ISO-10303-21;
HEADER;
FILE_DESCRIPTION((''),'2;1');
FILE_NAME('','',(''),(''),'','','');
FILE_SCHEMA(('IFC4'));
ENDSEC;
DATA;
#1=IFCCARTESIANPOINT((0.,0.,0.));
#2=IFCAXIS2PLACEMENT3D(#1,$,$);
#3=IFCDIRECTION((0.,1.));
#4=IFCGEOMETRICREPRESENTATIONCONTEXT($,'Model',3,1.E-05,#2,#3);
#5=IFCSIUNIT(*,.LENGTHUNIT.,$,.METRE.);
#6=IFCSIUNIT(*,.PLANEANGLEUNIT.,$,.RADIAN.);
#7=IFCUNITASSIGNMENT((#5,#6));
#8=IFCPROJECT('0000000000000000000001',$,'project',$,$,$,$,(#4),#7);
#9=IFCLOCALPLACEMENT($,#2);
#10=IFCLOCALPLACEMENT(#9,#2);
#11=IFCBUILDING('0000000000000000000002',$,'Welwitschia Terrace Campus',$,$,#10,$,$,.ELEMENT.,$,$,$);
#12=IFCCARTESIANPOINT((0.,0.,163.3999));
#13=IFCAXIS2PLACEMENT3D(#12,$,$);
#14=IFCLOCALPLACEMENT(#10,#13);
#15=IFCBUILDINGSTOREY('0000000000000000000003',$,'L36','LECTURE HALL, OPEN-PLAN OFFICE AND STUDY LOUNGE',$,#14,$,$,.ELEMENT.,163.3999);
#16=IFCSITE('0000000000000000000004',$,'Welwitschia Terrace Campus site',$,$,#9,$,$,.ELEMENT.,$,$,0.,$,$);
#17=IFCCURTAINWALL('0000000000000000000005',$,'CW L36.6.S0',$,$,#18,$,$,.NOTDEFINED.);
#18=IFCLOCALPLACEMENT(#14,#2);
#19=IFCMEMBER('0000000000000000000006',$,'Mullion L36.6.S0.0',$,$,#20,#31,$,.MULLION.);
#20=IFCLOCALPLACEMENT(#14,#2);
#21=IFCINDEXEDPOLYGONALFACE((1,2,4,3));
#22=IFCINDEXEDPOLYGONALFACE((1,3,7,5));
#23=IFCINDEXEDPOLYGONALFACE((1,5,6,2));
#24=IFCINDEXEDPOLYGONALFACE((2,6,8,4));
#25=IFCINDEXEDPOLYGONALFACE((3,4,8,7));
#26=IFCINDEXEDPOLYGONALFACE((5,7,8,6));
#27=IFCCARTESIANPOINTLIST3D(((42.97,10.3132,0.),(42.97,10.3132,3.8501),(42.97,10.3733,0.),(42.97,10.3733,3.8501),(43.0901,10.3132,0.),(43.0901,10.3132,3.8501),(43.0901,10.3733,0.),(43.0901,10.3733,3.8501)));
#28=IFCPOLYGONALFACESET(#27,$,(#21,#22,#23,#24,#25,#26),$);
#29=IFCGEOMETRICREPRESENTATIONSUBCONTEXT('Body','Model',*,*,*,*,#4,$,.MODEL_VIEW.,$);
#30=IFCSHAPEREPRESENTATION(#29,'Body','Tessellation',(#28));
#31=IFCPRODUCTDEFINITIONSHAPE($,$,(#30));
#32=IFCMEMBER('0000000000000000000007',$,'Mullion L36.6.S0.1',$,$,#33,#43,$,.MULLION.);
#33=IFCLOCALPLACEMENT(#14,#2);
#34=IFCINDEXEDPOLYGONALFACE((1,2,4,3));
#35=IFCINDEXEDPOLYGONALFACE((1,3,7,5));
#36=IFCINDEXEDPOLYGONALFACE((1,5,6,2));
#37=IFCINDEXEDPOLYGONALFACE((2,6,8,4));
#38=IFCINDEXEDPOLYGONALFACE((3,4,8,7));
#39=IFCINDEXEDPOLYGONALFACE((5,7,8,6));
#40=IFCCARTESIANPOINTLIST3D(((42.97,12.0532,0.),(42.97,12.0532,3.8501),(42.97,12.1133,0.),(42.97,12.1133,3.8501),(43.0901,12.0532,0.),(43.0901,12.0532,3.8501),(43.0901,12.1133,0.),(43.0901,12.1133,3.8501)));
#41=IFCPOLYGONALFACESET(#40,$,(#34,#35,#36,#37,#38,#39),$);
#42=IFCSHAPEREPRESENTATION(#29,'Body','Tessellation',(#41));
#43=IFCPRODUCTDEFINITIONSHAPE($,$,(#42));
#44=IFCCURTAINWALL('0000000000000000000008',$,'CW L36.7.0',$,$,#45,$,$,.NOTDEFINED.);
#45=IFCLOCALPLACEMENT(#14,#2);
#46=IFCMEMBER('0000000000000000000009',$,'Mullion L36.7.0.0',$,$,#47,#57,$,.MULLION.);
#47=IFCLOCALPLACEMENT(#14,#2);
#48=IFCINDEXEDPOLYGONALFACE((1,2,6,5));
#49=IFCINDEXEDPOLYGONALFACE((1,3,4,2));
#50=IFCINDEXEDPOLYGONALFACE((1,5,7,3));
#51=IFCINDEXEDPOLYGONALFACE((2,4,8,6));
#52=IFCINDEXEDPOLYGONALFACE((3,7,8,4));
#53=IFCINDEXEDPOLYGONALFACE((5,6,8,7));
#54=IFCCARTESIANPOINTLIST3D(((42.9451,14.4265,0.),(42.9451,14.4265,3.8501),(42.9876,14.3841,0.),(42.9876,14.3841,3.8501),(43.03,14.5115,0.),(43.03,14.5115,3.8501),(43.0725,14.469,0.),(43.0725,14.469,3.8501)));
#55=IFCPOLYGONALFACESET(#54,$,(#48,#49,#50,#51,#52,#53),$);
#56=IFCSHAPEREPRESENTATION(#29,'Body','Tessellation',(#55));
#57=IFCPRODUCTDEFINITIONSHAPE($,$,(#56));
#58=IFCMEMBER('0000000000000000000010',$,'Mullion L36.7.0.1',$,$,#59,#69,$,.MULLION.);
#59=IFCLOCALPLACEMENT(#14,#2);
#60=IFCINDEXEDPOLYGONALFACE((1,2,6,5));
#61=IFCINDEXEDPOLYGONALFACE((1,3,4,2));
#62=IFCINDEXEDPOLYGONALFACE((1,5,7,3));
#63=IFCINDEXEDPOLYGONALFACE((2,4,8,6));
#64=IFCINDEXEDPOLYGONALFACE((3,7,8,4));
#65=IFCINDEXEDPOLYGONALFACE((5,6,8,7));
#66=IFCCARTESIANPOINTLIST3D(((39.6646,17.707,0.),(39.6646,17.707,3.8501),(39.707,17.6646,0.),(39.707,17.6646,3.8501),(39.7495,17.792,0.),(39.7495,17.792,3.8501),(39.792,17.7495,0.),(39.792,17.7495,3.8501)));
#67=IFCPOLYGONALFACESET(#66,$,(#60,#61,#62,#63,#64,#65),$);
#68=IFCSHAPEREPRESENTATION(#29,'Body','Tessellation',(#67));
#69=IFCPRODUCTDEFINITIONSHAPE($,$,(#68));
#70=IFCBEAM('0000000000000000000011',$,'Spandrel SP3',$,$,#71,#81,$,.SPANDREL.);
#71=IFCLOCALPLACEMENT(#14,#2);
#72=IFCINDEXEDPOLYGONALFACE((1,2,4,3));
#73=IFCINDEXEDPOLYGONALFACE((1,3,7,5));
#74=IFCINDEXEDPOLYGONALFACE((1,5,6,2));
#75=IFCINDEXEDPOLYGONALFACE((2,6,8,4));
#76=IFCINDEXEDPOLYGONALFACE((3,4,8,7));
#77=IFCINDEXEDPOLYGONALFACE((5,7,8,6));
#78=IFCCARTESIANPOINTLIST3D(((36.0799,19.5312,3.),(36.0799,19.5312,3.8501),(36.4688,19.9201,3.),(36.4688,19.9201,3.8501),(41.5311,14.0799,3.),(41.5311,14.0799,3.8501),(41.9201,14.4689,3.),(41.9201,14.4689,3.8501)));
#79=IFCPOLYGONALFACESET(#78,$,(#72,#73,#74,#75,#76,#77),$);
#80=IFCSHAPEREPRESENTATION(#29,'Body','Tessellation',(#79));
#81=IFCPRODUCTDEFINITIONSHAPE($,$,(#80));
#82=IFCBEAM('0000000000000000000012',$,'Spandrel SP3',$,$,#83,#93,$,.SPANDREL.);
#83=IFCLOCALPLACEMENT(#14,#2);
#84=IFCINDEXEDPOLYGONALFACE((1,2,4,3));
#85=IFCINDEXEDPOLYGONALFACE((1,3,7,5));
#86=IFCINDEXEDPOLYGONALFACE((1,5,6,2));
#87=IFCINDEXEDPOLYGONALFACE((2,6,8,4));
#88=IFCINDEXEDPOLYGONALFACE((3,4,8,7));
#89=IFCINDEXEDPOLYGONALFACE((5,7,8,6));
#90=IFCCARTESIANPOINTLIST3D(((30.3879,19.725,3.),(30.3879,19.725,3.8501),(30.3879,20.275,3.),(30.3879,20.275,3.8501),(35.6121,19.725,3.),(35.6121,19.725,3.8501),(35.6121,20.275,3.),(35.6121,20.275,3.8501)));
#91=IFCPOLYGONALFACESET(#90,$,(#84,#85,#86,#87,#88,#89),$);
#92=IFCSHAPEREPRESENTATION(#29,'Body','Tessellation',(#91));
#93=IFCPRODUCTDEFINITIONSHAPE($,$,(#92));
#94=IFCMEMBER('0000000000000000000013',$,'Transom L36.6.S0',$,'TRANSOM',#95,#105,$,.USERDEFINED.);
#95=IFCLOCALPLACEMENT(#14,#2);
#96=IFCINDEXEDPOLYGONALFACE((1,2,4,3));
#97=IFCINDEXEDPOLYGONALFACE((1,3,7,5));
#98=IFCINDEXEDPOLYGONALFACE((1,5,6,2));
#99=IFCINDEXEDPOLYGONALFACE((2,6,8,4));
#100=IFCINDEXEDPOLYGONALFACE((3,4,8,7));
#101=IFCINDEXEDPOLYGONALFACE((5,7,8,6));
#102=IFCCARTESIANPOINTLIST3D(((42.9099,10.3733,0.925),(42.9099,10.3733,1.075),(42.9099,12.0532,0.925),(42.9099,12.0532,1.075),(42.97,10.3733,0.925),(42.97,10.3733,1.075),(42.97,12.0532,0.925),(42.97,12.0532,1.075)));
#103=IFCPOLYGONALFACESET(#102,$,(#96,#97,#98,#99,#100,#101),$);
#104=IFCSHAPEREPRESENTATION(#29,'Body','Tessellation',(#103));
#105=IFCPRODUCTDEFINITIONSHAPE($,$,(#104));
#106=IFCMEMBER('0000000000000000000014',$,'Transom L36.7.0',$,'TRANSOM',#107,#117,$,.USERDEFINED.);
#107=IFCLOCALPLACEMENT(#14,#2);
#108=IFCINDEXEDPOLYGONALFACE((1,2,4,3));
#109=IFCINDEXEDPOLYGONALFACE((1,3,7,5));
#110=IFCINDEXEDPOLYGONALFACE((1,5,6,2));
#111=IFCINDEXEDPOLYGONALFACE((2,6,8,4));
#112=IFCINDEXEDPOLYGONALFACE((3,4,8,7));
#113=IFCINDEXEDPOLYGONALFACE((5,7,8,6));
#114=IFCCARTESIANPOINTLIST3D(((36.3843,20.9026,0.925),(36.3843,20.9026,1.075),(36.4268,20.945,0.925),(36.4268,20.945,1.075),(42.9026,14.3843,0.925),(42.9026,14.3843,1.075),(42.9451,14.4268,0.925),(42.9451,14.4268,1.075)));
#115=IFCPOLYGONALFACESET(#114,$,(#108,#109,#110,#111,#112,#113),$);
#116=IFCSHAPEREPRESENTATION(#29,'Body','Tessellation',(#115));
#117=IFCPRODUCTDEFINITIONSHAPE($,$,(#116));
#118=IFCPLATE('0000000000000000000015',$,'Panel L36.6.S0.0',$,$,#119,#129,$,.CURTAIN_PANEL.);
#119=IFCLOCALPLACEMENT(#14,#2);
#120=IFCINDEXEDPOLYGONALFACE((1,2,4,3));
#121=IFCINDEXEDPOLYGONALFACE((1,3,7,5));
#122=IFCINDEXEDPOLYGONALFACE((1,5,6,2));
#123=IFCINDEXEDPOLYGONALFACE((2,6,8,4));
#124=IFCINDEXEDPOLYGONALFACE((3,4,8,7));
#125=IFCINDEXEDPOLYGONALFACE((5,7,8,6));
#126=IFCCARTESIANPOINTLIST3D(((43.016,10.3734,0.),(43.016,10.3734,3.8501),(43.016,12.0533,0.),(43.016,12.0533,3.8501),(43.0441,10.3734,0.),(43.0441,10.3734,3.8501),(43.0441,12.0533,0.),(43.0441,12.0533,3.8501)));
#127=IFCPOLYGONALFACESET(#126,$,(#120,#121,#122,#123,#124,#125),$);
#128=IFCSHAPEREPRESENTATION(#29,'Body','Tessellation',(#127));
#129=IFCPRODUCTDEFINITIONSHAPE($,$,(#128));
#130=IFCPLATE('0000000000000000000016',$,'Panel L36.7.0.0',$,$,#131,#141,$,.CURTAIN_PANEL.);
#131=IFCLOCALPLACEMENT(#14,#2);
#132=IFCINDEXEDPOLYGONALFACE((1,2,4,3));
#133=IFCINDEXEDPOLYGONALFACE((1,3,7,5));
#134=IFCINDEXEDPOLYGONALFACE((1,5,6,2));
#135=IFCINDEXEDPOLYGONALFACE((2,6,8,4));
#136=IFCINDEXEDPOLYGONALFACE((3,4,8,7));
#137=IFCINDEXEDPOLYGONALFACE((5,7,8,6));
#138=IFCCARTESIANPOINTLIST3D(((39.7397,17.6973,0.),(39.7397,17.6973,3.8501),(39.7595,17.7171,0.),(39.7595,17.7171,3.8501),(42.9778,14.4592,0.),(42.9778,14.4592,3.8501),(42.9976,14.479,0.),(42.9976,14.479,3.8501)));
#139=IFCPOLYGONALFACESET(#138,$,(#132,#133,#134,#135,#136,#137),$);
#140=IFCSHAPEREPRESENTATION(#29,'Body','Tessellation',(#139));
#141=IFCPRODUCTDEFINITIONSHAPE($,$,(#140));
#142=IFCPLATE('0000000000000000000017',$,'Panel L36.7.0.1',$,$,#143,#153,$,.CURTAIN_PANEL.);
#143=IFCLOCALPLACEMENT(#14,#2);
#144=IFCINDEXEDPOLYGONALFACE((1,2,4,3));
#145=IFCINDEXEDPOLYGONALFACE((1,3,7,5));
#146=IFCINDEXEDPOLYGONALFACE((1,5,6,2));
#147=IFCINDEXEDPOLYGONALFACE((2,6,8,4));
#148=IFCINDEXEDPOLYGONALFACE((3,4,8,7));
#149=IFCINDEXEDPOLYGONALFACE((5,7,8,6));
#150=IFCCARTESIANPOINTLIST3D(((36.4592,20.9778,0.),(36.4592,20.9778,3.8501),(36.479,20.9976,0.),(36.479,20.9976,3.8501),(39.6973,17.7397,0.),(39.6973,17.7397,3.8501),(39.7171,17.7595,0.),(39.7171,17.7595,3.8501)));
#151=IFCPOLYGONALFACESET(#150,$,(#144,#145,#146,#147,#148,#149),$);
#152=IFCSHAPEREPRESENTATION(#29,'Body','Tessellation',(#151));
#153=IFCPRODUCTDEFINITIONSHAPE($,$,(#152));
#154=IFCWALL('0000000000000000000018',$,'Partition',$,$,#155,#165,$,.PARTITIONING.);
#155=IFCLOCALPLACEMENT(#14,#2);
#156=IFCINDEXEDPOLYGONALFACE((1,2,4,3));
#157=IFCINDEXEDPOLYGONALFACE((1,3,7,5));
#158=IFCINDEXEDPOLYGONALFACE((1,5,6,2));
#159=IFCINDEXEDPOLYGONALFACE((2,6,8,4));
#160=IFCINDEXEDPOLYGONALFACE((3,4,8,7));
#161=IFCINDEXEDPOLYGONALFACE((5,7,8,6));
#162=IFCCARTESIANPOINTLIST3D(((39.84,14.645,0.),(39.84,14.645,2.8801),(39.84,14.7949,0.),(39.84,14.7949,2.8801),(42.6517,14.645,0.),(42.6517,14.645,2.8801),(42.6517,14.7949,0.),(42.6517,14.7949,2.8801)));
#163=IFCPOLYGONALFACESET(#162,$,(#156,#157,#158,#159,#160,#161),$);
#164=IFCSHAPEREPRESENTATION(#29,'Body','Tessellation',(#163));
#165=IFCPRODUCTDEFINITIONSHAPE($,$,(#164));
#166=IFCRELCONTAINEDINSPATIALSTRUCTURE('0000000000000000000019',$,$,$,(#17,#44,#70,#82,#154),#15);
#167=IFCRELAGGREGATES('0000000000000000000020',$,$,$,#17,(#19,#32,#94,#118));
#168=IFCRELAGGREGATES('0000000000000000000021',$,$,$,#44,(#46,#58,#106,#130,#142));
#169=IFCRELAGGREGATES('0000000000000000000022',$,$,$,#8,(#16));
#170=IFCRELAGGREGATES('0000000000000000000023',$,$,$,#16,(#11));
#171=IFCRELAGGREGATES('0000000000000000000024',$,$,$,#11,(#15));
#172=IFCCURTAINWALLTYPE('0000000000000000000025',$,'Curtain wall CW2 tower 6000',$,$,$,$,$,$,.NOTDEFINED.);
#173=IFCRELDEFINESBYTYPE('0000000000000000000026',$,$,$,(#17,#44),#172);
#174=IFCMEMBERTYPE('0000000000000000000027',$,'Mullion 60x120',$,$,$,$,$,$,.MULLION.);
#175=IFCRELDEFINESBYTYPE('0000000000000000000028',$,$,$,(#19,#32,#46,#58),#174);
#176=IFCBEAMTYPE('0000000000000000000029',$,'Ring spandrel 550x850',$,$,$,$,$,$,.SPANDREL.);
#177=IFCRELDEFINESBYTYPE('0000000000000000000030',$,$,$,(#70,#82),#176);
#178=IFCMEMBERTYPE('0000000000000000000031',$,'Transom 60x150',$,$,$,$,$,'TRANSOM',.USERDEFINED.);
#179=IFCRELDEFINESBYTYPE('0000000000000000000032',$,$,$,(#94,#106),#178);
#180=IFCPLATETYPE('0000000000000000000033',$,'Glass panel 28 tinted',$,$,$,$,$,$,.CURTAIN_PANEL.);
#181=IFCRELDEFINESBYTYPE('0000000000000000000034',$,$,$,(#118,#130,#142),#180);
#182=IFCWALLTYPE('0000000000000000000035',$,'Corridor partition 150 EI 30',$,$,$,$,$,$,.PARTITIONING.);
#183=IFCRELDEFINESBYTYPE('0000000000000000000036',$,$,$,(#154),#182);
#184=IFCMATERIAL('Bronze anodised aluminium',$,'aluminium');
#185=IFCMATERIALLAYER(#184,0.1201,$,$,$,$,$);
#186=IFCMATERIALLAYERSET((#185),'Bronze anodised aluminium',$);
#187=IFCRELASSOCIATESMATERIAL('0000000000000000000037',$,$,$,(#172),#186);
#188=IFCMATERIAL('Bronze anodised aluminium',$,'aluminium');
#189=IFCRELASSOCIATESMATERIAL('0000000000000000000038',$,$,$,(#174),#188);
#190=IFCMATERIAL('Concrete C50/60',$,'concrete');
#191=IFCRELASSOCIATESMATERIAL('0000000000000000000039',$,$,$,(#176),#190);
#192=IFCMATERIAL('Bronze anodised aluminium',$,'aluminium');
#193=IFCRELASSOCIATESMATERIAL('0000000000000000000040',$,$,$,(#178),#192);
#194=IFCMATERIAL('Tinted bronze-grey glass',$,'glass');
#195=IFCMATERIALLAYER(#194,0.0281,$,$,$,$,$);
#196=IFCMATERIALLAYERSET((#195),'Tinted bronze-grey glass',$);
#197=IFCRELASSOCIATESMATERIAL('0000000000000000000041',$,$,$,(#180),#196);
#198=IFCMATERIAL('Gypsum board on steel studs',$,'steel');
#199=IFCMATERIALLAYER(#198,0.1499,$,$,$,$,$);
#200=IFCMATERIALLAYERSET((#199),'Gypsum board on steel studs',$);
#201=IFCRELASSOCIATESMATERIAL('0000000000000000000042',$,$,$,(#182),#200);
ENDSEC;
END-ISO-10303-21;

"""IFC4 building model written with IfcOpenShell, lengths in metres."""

from ifc_helpers import new_model, si_unit, direction, frame, frame_2d, origin, origin_2d, place, context, subcontext, project, spatial, rectangle, extrude, material, layer, layer_set, material_profile, profile_set, type_object, element, aggregate, save


model = new_model("IFC4")

# Units and contexts
model_context = context("Model", 3, precision=1e-05, world=origin(), true_north=direction((0.0, 1.0)))
body_context = subcontext(model_context, "Body", "Model", "MODEL_VIEW")
ifc_project = project(units=[si_unit("LENGTHUNIT", "METRE"), si_unit("PLANEANGLEUNIT", "RADIAN")], contexts=[model_context])

# Site, building, storey
site_placement = place(None, origin())
site = spatial("IfcSite", under=ifc_project, at=site_placement, Name="Welwitschia Terrace Campus site", CompositionType="ELEMENT", RefElevation=0.0)
building_placement = place(site_placement, origin())
building = spatial("IfcBuilding", under=site, at=building_placement, Name="Welwitschia Terrace Campus", CompositionType="ELEMENT")
storey_placement = place(building_placement, frame((0.0, 0.0, 163.3999)))
storey = spatial("IfcBuildingStorey", under=building, at=storey_placement, Name="L36", Description="LECTURE HALL, OPEN-PLAN OFFICE AND STUDY LOUNGE", CompositionType="ELEMENT", Elevation=163.3999)

# Curtain walls, members
ifc_material_1 = material(Name="Bronze anodised aluminium", Category="aluminium")
ifc_layer_1 = layer(ifc_material_1, 0.1201)
ifc_layer_set_1 = layer_set([ifc_layer_1], Name="Bronze anodised aluminium")
curtain_wall_type = type_object("IfcCurtainWallType", Name="Curtain wall CW2 tower 6000", PredefinedType="NOTDEFINED", material=ifc_layer_set_1)
curtain_wall_1_placement = place(storey_placement, origin())
curtain_wall_1 = element("IfcCurtainWall", 1, at=curtain_wall_1_placement, inside=storey, type_object=curtain_wall_type, Name="CW L36.6.S0", PredefinedType="NOTDEFINED")
ifc_material_2 = material(Name="Bronze anodised aluminium", Category="aluminium")
ifc_material_profile_1 = material_profile(ifc_material_2, rectangle(XDim=0.1201, YDim=0.0601, at=origin_2d()))
ifc_profile_set_1 = profile_set([ifc_material_profile_1], Name="Bronze anodised aluminium")
member_type_1 = type_object("IfcMemberType", Name="Mullion 60x120", PredefinedType="MULLION", material=ifc_profile_set_1)
member_1_placement = place(storey_placement, frame((43.03, 10.3433, 0.0), z_axis=(0.0, 0.0, 1.0), x_axis=(-1.0, 0.0, 0.0)))
member_1 = element("IfcMember", 2, at=member_1_placement, type_object=member_type_1, Name="Mullion L36.6.S0.0", PredefinedType="MULLION", context=body_context, shape_type="SweptSolid", body=[
    extrude(rectangle(XDim=0.1201, YDim=0.0601, at=origin_2d()), origin(), (0.0, 0.0, 1.0), 3.8501),
])
member_2_placement = place(storey_placement, frame((43.03, 12.0833, 0.0), z_axis=(0.0, 0.0, 1.0), x_axis=(-1.0, 0.0, 0.0)))
member_2 = element("IfcMember", 3, at=member_2_placement, type_object=member_type_1, Name="Mullion L36.6.S0.1", PredefinedType="MULLION", context=body_context, shape_type="SweptSolid", body=[
    extrude(rectangle(XDim=0.1201, YDim=0.0601, at=origin_2d()), origin(), (0.0, 0.0, 1.0), 3.8501),
])
curtain_wall_2_placement = place(storey_placement, origin())
curtain_wall_2 = element("IfcCurtainWall", 4, at=curtain_wall_2_placement, inside=storey, type_object=curtain_wall_type, Name="CW L36.7.0", PredefinedType="NOTDEFINED")
member_3_placement = place(storey_placement, frame((43.0088, 14.4478, 0.0), z_axis=(0.0, 0.0, 1.0), x_axis=(-0.707107, -0.707107, 0.0)))
member_3 = element("IfcMember", 5, at=member_3_placement, type_object=member_type_1, Name="Mullion L36.7.0.0", PredefinedType="MULLION", context=body_context, shape_type="SweptSolid", body=[
    extrude(rectangle(XDim=0.1201, YDim=0.0601, at=origin_2d()), origin(), (0.0, 0.0, 1.0), 3.8501),
])
member_4_placement = place(storey_placement, frame((39.7283, 17.7283, 0.0), z_axis=(0.0, 0.0, 1.0), x_axis=(-0.707107, -0.707107, 0.0)))
member_4 = element("IfcMember", 6, at=member_4_placement, type_object=member_type_1, Name="Mullion L36.7.0.1", PredefinedType="MULLION", context=body_context, shape_type="SweptSolid", body=[
    extrude(rectangle(XDim=0.1201, YDim=0.0601, at=origin_2d()), origin(), (0.0, 0.0, 1.0), 3.8501),
])

# Beams
ifc_material_3 = material(Name="Concrete C50/60", Category="concrete")
ifc_material_profile_2 = material_profile(ifc_material_3, rectangle(XDim=0.55, YDim=0.8501, at=origin_2d()))
ifc_profile_set_2 = profile_set([ifc_material_profile_2], Name="Concrete C50/60")
beam_type_1 = type_object("IfcBeamType", Name="Ring spandrel 550x850", PredefinedType="SPANDREL", material=ifc_profile_set_2)
beam_1_placement = place(storey_placement, frame((41.7256, 14.2744, 3.425), z_axis=(-0.707107, 0.707107, 0.0), x_axis=(-0.707107, -0.707107, 0.0)))
element("IfcBeam", 7, at=beam_1_placement, inside=storey, type_object=beam_type_1, Name="Spandrel SP3", PredefinedType="SPANDREL", context=body_context, shape_type="SweptSolid", body=[
    extrude(rectangle(XDim=0.55, YDim=0.8501, at=origin_2d()), origin(), (0.0, 0.0, 1.0), 7.7092),
])
beam_2_placement = place(storey_placement, frame((35.6121, 20.0, 3.425), z_axis=(-1.0, 0.0, 0.0), x_axis=(0.0, -1.0, 0.0)))
element("IfcBeam", 8, at=beam_2_placement, inside=storey, type_object=beam_type_1, Name="Spandrel SP3", PredefinedType="SPANDREL", context=body_context, shape_type="SweptSolid", body=[
    extrude(rectangle(XDim=0.55, YDim=0.8501, at=origin_2d()), origin(), (0.0, 0.0, 1.0), 5.2241),
])

# Members
ifc_material_4 = material(Name="Bronze anodised aluminium", Category="aluminium")
ifc_material_profile_3 = material_profile(ifc_material_4, rectangle(XDim=0.0601, YDim=0.1499, at=origin_2d()))
ifc_profile_set_3 = profile_set([ifc_material_profile_3], Name="Bronze anodised aluminium")
member_type_2 = type_object("IfcMemberType", Name="Transom 60x150", ElementType="TRANSOM", PredefinedType="USERDEFINED", material=ifc_profile_set_3)
member_5_placement = place(storey_placement, frame((42.9399, 10.3733, 1.0), z_axis=(0.0, 1.0, 0.0), x_axis=(-1.0, 0.0, 0.0)))
member_5 = element("IfcMember", 9, at=member_5_placement, type_object=member_type_2, Name="Transom L36.6.S0", ObjectType="TRANSOM", PredefinedType="USERDEFINED", context=body_context, shape_type="SweptSolid", body=[
    extrude(rectangle(XDim=0.0601, YDim=0.1499, at=origin_2d()), origin(), (0.0, 0.0, 1.0), 1.6799),
])
member_6_placement = place(storey_placement, frame((42.9238, 14.4055, 1.0), z_axis=(-0.707107, 0.707107, 0.0), x_axis=(-0.707107, -0.707107, 0.0)))
member_6 = element("IfcMember", 10, at=member_6_placement, type_object=member_type_2, Name="Transom L36.7.0", ObjectType="TRANSOM", PredefinedType="USERDEFINED", context=body_context, shape_type="SweptSolid", body=[
    extrude(rectangle(XDim=0.0601, YDim=0.1499, at=origin_2d()), origin(), (0.0, 0.0, 1.0), 9.2183),
])

# Plates
ifc_material_5 = material(Name="Tinted bronze-grey glass", Category="glass")
ifc_layer_2 = layer(ifc_material_5, 0.0281)
ifc_layer_set_2 = layer_set([ifc_layer_2], Name="Tinted bronze-grey glass")
plate_type = type_object("IfcPlateType", Name="Glass panel 28 tinted", PredefinedType="CURTAIN_PANEL", material=ifc_layer_set_2)
plate_1_placement = place(storey_placement, frame((43.03, 11.2134, 0.0), z_axis=(0.0, 0.0, 1.0), x_axis=(0.0, 1.0, 0.0)))
plate_1 = element("IfcPlate", 11, at=plate_1_placement, type_object=plate_type, Name="Panel L36.6.S0.0", PredefinedType="CURTAIN_PANEL", context=body_context, shape_type="SweptSolid", body=[
    extrude(rectangle(XDim=1.6799, YDim=0.0281, at=origin_2d()), origin(), (0.0, 0.0, 1.0), 3.8501),
])
aggregate(curtain_wall_1, [member_1, member_2, member_5, plate_1])
plate_2_placement = place(storey_placement, frame((41.3687, 16.0881, 0.0), z_axis=(0.0, 0.0, 1.0), x_axis=(-0.707107, 0.707107, 0.0)))
plate_2 = element("IfcPlate", 12, at=plate_2_placement, type_object=plate_type, Name="Panel L36.7.0.0", PredefinedType="CURTAIN_PANEL", context=body_context, shape_type="SweptSolid", body=[
    extrude(rectangle(XDim=4.5793, YDim=0.0281, at=origin_2d()), origin(), (0.0, 0.0, 1.0), 3.8501),
])
plate_3_placement = place(storey_placement, frame((38.0881, 19.3687, 0.0), z_axis=(0.0, 0.0, 1.0), x_axis=(-0.707107, 0.707107, 0.0)))
plate_3 = element("IfcPlate", 13, at=plate_3_placement, type_object=plate_type, Name="Panel L36.7.0.1", PredefinedType="CURTAIN_PANEL", context=body_context, shape_type="SweptSolid", body=[
    extrude(rectangle(XDim=4.5793, YDim=0.0281, at=origin_2d()), origin(), (0.0, 0.0, 1.0), 3.8501),
])
aggregate(curtain_wall_2, [member_3, member_4, member_6, plate_2, plate_3])

# Wall
ifc_material_6 = material(Name="Gypsum board on steel studs", Category="steel")
ifc_layer_3 = layer(ifc_material_6, 0.1499)
ifc_layer_set_3 = layer_set([ifc_layer_3], Name="Gypsum board on steel studs")
wall_type_1 = type_object("IfcWallType", Name="Corridor partition 150 EI 30", PredefinedType="PARTITIONING", material=ifc_layer_set_3)
wall_1_placement = place(storey_placement, frame((39.8401, 14.72, 0.0), z_axis=(0.0, 0.0, 1.0), x_axis=(1.0, 0.0, 0.0)))
element("IfcWall", 14, at=wall_1_placement, inside=storey, type_object=wall_type_1, Name="Partition", PredefinedType="PARTITIONING", context=body_context, shape_type="SweptSolid", body=[
    extrude(rectangle(XDim=2.8118, YDim=0.1499, at=frame_2d((1.4058, 0.0))), origin(), (0.0, 0.0, 1.0), 2.8801),
])

save(model, "model.ifc")
